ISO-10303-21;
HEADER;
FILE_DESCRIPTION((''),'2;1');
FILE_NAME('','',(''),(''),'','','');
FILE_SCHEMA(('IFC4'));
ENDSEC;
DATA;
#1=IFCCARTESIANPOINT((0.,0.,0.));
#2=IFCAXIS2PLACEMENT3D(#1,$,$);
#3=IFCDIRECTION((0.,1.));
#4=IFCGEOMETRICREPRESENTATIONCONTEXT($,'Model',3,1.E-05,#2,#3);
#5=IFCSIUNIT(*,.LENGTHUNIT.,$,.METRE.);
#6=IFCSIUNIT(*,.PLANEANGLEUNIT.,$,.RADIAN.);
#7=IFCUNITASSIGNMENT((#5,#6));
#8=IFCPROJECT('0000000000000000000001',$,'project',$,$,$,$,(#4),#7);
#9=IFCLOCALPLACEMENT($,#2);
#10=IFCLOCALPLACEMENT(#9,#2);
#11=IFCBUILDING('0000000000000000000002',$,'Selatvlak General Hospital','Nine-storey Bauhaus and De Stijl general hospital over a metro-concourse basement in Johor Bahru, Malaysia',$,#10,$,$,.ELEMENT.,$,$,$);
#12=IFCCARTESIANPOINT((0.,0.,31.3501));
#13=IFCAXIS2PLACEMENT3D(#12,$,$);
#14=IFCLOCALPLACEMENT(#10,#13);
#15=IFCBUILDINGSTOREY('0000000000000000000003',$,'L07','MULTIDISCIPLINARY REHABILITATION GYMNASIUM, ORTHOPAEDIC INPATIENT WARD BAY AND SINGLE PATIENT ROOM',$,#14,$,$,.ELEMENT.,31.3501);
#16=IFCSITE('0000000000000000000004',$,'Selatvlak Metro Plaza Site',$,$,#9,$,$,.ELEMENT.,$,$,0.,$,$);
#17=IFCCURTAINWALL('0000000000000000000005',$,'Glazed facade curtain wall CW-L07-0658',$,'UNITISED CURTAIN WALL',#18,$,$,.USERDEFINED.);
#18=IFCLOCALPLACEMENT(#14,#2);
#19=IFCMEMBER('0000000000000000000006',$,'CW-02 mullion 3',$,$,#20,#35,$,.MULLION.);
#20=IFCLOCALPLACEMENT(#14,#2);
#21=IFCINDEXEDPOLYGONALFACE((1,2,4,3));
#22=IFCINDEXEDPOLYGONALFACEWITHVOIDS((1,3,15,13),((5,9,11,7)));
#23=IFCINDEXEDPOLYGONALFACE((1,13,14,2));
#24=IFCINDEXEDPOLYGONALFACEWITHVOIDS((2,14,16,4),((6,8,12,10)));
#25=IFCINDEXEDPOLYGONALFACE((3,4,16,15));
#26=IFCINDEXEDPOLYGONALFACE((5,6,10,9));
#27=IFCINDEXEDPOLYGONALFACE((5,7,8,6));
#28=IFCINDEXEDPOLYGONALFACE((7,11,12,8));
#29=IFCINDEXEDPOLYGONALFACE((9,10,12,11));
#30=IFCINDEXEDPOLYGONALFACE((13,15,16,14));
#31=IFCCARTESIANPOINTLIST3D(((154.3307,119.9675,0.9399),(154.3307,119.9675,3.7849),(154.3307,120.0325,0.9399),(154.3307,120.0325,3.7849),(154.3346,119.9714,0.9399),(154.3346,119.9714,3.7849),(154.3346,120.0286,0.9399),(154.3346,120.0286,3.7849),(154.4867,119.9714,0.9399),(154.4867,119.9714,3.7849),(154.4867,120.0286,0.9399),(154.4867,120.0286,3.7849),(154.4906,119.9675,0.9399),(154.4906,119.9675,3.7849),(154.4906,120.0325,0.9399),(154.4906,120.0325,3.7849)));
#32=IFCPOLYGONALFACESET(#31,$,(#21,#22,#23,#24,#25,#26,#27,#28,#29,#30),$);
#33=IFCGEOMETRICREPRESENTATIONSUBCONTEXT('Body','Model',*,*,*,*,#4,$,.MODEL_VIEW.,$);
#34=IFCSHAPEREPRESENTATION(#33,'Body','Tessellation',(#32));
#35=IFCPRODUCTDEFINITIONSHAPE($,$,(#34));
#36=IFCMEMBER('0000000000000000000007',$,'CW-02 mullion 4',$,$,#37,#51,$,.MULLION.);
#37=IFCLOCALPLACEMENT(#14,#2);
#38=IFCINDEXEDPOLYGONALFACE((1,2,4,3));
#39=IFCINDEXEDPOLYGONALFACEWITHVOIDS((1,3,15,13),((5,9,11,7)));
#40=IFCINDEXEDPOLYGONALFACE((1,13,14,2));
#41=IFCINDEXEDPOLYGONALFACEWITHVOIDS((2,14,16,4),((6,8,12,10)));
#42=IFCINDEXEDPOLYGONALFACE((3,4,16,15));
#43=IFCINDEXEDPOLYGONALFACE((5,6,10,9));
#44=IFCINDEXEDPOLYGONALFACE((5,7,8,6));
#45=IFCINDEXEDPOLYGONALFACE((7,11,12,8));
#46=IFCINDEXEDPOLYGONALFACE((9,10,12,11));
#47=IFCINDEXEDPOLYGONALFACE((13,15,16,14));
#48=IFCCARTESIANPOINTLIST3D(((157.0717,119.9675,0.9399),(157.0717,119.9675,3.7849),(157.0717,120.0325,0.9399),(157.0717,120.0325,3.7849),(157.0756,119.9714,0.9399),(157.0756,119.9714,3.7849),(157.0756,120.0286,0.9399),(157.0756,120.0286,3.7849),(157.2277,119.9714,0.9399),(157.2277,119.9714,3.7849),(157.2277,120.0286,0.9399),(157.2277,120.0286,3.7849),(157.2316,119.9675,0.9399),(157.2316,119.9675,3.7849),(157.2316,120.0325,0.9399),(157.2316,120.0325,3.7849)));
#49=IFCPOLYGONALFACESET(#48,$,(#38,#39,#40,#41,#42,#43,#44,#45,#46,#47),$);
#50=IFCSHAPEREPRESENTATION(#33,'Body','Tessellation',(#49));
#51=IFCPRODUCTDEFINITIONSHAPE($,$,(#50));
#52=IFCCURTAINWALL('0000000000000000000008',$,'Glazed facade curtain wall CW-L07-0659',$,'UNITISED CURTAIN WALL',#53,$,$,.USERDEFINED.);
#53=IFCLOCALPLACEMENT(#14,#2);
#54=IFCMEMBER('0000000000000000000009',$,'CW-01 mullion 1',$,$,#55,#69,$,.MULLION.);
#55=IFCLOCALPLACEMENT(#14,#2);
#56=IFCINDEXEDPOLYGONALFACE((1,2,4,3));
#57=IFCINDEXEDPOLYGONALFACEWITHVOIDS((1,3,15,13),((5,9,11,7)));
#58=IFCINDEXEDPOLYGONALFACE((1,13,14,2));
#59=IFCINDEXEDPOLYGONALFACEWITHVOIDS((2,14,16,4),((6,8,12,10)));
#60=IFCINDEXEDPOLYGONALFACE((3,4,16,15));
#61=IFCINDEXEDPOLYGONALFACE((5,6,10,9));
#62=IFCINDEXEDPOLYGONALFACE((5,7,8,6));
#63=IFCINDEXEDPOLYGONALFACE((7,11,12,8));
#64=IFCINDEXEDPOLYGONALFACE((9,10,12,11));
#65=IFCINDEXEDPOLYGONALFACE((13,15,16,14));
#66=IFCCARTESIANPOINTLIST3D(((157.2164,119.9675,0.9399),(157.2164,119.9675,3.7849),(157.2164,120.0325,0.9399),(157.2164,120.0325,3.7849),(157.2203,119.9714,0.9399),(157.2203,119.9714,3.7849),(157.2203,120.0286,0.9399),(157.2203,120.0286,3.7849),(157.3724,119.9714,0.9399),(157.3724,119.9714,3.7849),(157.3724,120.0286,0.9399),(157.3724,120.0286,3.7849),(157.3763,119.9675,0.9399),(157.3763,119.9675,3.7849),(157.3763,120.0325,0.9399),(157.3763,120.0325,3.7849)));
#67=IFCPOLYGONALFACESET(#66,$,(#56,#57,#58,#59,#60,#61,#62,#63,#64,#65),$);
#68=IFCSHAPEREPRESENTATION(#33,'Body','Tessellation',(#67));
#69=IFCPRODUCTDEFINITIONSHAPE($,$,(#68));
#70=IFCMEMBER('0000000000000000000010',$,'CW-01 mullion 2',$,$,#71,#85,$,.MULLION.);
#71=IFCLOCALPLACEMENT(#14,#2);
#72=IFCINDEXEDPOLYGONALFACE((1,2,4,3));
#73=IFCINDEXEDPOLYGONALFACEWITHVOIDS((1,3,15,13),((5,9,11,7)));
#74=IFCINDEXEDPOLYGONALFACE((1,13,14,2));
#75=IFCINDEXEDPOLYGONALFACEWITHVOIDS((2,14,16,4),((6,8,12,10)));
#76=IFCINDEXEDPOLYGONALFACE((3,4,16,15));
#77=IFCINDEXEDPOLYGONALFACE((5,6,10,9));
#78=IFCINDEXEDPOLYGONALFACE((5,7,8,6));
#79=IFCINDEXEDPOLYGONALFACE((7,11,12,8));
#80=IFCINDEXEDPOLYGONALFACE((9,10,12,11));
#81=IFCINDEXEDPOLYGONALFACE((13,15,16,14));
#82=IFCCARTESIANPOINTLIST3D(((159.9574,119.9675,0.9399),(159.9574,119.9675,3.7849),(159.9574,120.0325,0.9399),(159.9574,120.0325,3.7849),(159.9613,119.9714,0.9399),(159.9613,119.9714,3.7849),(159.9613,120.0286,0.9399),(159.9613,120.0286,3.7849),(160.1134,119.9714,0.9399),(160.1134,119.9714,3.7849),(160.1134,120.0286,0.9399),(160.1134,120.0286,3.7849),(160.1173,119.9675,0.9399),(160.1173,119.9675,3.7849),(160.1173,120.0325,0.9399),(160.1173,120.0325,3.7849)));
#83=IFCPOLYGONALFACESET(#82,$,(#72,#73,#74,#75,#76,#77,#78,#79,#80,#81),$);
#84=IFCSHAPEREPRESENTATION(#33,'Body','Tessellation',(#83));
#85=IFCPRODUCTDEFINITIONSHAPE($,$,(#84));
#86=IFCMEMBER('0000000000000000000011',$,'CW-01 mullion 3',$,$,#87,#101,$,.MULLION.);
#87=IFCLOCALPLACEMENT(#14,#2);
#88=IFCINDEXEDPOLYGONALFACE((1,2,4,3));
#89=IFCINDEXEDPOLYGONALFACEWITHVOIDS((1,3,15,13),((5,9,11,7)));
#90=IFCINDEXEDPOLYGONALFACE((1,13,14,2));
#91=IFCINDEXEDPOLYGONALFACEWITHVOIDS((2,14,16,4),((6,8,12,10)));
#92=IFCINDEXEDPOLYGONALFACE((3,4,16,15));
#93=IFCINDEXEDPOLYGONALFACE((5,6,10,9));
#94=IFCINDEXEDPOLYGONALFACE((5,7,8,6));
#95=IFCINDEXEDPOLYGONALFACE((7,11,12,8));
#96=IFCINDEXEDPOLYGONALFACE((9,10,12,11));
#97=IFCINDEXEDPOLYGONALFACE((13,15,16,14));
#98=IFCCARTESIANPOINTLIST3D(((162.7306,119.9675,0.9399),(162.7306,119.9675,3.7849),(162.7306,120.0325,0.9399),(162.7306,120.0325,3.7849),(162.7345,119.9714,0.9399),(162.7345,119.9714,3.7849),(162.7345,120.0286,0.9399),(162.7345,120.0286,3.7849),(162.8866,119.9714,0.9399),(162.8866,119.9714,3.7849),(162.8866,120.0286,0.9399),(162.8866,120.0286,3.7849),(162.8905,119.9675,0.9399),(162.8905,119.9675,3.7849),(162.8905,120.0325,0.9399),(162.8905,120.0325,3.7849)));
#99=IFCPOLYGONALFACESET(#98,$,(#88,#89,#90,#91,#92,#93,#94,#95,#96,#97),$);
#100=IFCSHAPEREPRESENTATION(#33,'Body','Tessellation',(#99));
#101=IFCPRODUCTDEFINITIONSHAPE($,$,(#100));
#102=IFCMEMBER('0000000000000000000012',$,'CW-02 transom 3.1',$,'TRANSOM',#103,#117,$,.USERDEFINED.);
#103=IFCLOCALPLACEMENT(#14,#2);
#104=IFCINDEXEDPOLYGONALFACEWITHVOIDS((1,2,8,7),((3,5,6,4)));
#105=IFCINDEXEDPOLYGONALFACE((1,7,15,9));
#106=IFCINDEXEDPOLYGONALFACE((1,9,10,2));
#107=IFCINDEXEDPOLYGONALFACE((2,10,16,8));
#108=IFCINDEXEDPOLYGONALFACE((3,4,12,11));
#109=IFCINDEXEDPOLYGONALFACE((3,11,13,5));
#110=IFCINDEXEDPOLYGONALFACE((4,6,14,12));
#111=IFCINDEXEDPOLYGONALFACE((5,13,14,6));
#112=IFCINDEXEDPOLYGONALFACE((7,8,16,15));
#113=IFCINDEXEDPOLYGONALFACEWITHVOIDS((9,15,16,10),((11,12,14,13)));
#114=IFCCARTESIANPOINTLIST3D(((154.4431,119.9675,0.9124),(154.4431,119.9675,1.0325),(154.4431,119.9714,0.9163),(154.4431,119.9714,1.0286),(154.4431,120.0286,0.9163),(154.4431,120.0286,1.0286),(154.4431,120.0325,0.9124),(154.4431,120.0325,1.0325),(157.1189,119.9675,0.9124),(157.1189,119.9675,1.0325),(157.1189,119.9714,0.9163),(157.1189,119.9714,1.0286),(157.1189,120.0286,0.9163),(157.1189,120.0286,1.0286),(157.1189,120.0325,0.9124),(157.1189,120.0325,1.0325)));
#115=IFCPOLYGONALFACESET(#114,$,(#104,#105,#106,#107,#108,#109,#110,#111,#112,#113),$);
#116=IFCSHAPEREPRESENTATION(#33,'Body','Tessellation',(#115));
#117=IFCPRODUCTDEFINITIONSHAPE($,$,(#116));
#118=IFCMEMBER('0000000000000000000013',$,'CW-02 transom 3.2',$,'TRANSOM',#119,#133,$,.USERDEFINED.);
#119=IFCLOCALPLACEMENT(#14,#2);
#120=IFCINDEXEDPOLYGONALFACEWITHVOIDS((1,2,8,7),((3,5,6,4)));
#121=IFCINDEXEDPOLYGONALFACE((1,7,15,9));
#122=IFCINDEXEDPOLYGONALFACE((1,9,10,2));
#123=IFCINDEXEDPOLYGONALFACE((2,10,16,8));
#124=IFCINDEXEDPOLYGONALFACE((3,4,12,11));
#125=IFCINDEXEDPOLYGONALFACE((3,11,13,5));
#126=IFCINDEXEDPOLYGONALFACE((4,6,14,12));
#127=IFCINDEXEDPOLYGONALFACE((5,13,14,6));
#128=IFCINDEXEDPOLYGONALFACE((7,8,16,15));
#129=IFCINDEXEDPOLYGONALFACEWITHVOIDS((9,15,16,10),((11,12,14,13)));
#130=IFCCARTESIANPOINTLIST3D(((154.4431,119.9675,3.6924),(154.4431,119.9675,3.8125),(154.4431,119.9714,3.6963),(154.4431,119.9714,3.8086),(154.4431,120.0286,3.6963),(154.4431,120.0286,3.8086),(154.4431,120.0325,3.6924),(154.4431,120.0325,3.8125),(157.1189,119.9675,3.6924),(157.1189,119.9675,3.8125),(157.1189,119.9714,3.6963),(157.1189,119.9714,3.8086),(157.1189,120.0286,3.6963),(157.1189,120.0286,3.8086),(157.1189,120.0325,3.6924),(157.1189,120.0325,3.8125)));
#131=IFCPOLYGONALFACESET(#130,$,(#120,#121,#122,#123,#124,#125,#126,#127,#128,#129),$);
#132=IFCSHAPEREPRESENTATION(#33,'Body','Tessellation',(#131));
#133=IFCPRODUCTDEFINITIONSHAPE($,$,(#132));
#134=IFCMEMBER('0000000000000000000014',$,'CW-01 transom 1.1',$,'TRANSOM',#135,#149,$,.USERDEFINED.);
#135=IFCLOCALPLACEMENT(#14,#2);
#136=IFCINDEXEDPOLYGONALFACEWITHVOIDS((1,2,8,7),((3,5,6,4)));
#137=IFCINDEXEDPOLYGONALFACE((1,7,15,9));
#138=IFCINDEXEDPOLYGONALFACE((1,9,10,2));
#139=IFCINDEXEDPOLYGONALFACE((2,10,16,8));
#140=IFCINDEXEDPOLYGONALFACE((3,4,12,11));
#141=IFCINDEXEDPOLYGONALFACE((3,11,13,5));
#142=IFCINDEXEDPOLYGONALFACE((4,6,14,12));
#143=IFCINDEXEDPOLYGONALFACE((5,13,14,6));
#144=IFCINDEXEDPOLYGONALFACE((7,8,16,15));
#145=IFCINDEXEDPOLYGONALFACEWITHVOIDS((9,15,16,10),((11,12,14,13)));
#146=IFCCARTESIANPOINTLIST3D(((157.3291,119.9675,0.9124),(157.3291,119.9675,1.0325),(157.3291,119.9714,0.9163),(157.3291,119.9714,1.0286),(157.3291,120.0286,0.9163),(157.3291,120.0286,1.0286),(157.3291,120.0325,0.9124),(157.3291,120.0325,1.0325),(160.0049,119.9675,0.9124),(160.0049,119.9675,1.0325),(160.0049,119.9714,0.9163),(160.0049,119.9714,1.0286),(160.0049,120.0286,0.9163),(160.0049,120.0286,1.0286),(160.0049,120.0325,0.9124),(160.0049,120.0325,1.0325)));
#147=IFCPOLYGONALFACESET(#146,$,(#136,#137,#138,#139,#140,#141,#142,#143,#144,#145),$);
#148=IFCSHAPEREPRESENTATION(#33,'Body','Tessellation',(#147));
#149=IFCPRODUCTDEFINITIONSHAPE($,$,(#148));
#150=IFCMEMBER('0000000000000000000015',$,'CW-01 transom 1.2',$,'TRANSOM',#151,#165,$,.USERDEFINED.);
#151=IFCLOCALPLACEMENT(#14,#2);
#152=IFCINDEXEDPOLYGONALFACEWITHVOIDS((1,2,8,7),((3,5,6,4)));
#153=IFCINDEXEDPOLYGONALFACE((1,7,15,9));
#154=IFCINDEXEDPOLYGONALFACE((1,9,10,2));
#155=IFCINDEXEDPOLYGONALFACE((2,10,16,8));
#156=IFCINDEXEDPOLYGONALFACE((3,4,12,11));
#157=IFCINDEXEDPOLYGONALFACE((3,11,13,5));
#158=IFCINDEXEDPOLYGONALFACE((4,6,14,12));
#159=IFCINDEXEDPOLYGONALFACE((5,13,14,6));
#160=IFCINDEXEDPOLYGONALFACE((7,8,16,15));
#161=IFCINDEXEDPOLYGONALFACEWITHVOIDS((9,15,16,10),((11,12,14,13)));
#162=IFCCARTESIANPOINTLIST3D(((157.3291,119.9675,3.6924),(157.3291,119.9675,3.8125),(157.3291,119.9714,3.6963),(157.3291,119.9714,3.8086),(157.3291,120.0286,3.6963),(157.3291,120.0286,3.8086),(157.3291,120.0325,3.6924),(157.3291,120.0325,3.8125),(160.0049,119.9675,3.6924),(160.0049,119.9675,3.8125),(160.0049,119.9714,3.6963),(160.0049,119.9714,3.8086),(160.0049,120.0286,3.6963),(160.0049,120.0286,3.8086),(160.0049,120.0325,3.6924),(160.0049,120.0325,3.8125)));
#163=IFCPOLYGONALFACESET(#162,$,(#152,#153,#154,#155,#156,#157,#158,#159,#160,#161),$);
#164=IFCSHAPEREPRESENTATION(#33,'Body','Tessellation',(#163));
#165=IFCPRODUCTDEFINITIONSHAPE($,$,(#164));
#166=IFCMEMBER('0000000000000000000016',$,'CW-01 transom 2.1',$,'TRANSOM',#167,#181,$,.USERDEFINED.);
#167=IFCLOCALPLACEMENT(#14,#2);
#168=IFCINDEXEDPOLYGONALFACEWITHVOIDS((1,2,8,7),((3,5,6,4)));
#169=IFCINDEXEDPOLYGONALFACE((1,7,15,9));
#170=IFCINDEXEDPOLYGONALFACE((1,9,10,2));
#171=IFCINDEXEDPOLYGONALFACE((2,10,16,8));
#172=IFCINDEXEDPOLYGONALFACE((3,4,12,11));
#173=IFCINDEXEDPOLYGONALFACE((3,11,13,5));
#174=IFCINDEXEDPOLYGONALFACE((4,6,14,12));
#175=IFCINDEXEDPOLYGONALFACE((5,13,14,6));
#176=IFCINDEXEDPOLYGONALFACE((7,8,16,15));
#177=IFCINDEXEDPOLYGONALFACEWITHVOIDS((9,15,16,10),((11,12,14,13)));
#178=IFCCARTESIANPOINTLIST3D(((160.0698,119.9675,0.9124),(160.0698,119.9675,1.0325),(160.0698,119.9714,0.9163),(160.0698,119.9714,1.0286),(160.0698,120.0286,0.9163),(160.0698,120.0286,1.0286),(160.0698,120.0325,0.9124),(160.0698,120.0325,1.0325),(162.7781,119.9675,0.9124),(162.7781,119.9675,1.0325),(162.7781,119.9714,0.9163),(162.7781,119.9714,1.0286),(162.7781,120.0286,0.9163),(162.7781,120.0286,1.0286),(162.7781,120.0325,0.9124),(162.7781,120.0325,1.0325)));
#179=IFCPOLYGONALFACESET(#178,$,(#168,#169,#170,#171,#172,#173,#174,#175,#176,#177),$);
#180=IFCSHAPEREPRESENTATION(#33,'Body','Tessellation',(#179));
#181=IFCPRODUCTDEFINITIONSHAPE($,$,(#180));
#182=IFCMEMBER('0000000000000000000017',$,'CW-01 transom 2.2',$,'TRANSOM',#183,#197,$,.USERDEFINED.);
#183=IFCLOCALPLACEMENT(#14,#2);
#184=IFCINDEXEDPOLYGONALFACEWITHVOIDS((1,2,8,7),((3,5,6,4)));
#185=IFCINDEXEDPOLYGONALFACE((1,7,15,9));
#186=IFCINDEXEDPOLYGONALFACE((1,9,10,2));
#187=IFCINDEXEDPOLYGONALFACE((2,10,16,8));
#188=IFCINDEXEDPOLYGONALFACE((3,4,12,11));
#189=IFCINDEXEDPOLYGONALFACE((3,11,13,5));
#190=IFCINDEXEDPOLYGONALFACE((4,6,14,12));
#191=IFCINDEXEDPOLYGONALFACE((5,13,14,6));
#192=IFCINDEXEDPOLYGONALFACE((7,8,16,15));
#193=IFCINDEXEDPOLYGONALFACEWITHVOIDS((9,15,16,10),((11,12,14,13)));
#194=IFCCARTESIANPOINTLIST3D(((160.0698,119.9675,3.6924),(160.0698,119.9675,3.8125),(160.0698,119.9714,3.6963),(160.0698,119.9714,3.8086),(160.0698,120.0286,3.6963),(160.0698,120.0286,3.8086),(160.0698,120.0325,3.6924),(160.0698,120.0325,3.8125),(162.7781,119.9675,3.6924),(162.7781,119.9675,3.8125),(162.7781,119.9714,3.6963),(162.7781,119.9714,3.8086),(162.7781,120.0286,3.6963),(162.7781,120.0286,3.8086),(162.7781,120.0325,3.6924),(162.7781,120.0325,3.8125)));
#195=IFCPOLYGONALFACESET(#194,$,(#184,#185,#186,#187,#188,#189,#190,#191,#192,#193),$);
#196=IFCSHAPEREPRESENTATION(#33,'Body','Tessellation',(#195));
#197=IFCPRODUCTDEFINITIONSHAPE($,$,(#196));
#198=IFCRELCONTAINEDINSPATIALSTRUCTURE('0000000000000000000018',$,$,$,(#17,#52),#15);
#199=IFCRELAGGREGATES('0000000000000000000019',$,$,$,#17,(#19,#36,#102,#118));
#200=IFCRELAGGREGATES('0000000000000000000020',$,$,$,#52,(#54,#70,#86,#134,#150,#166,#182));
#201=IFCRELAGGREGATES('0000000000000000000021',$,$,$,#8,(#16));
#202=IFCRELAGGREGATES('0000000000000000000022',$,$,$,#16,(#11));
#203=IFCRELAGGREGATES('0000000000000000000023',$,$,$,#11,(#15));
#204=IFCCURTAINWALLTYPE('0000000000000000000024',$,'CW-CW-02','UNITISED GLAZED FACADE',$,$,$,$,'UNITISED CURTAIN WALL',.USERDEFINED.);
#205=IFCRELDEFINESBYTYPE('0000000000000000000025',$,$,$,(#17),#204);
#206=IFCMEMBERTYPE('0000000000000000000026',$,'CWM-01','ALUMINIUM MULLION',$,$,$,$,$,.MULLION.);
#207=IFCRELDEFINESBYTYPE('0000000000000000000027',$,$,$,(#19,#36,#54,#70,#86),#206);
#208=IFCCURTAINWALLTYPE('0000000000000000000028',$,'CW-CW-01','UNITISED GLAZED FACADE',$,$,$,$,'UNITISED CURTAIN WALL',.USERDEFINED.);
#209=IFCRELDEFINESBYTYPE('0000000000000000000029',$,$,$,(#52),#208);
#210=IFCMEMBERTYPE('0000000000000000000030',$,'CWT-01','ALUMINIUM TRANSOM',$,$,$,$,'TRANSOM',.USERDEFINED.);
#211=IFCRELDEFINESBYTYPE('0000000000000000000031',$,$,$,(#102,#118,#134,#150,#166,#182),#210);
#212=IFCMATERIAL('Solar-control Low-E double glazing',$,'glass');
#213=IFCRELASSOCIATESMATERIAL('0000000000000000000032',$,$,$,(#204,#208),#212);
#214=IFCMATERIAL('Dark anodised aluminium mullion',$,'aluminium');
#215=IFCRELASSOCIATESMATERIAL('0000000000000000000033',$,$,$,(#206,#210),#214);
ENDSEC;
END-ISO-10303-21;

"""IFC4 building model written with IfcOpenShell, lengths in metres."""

from ifc_helpers import new_model, si_unit, direction, frame, origin, origin_2d, place, context, subcontext, project, spatial, hollow_rectangle, extrude, material, material_profile, profile_set, type_object, element, aggregate, save


model = new_model("IFC4")

# Units and contexts
model_context = context("Model", 3, precision=1e-05, world=origin(), true_north=direction((0.0, 1.0)))
body_context = subcontext(model_context, "Body", "Model", "MODEL_VIEW")
ifc_project = project(units=[si_unit("LENGTHUNIT", "METRE"), si_unit("PLANEANGLEUNIT", "RADIAN")], contexts=[model_context])

# Site, building, storey
site_placement = place(None, origin())
site = spatial("IfcSite", under=ifc_project, at=site_placement, Name="Selatvlak Metro Plaza Site", CompositionType="ELEMENT", RefElevation=0.0)
building_placement = place(site_placement, origin())
building = spatial("IfcBuilding", under=site, at=building_placement, Name="Selatvlak General Hospital", Description="Nine-storey Bauhaus and De Stijl general hospital over a metro-concourse basement in Johor Bahru, Malaysia", CompositionType="ELEMENT")
storey_placement = place(building_placement, frame((0.0, 0.0, 31.3501)))
storey = spatial("IfcBuildingStorey", under=building, at=storey_placement, Name="L07", Description="MULTIDISCIPLINARY REHABILITATION GYMNASIUM, ORTHOPAEDIC INPATIENT WARD BAY AND SINGLE PATIENT ROOM", CompositionType="ELEMENT", Elevation=31.3501)

# Curtain walls, members
ifc_material_1 = material(Name="Solar-control Low-E double glazing", Category="glass")
curtain_wall_type_1 = type_object("IfcCurtainWallType", Name="CW-CW-02", Description="UNITISED GLAZED FACADE", ElementType="UNITISED CURTAIN WALL", PredefinedType="USERDEFINED", material=ifc_material_1)
curtain_wall_1_placement = place(storey_placement, origin())
curtain_wall_1 = element("IfcCurtainWall", 1, at=curtain_wall_1_placement, inside=storey, type_object=curtain_wall_type_1, Name="Glazed facade curtain wall CW-L07-0658", ObjectType="UNITISED CURTAIN WALL", PredefinedType="USERDEFINED")
ifc_material_2 = material(Name="Dark anodised aluminium mullion", Category="aluminium")
ifc_material_profile_1 = material_profile(ifc_material_2, hollow_rectangle(XDim=0.0649, YDim=0.1599, WallThickness=0.0039, at=origin_2d()), Name="AL-MUL 65x160x4")
ifc_profile_set_1 = profile_set([ifc_material_profile_1], Name="Dark anodised aluminium mullion")
member_type_1 = type_object("IfcMemberType", Name="CWM-01", Description="ALUMINIUM MULLION", PredefinedType="MULLION", material=ifc_profile_set_1)
member_1_placement = place(storey_placement, frame((154.4106, 120.0, 0.9399), z_axis=(0.0, 0.0, 1.0), x_axis=(0.0, 1.0, 0.0)))
member_1 = element("IfcMember", 2, at=member_1_placement, type_object=member_type_1, Name="CW-02 mullion 3", PredefinedType="MULLION", context=body_context, shape_type="SweptSolid", body=[
    extrude(hollow_rectangle(XDim=0.0649, YDim=0.1599, WallThickness=0.0039, at=origin_2d()), origin(), (0.0, 0.0, 1.0), 2.845),
])
member_2_placement = place(storey_placement, frame((157.1516, 120.0, 0.9399), z_axis=(0.0, 0.0, 1.0), x_axis=(0.0, 1.0, 0.0)))
member_2 = element("IfcMember", 3, at=member_2_placement, type_object=member_type_1, Name="CW-02 mullion 4", PredefinedType="MULLION", context=body_context, shape_type="SweptSolid", body=[
    extrude(hollow_rectangle(XDim=0.0649, YDim=0.1599, WallThickness=0.0039, at=origin_2d()), origin(), (0.0, 0.0, 1.0), 2.845),
])
curtain_wall_type_2 = type_object("IfcCurtainWallType", Name="CW-CW-01", Description="UNITISED GLAZED FACADE", ElementType="UNITISED CURTAIN WALL", PredefinedType="USERDEFINED", material=ifc_material_1)
curtain_wall_2_placement = place(storey_placement, origin())
curtain_wall_2 = element("IfcCurtainWall", 4, at=curtain_wall_2_placement, inside=storey, type_object=curtain_wall_type_2, Name="Glazed facade curtain wall CW-L07-0659", ObjectType="UNITISED CURTAIN WALL", PredefinedType="USERDEFINED")
member_3_placement = place(storey_placement, frame((157.2964, 120.0, 0.9399), z_axis=(0.0, 0.0, 1.0), x_axis=(0.0, 1.0, 0.0)))
member_3 = element("IfcMember", 5, at=member_3_placement, type_object=member_type_1, Name="CW-01 mullion 1", PredefinedType="MULLION", context=body_context, shape_type="SweptSolid", body=[
    extrude(hollow_rectangle(XDim=0.0649, YDim=0.1599, WallThickness=0.0039, at=origin_2d()), origin(), (0.0, 0.0, 1.0), 2.845),
])
member_4_placement = place(storey_placement, frame((160.0374, 120.0, 0.9399), z_axis=(0.0, 0.0, 1.0), x_axis=(0.0, 1.0, 0.0)))
member_4 = element("IfcMember", 6, at=member_4_placement, type_object=member_type_1, Name="CW-01 mullion 2", PredefinedType="MULLION", context=body_context, shape_type="SweptSolid", body=[
    extrude(hollow_rectangle(XDim=0.0649, YDim=0.1599, WallThickness=0.0039, at=origin_2d()), origin(), (0.0, 0.0, 1.0), 2.845),
])
member_5_placement = place(storey_placement, frame((162.8105, 120.0, 0.9399), z_axis=(0.0, 0.0, 1.0), x_axis=(0.0, 1.0, 0.0)))
member_5 = element("IfcMember", 7, at=member_5_placement, type_object=member_type_1, Name="CW-01 mullion 3", PredefinedType="MULLION", context=body_context, shape_type="SweptSolid", body=[
    extrude(hollow_rectangle(XDim=0.0649, YDim=0.1599, WallThickness=0.0039, at=origin_2d()), origin(), (0.0, 0.0, 1.0), 2.845),
])

# Members
ifc_material_profile_2 = material_profile(ifc_material_2, hollow_rectangle(XDim=0.0649, YDim=0.1201, WallThickness=0.0039, at=origin_2d()), Name="AL-TRN 65x120x4")
ifc_profile_set_2 = profile_set([ifc_material_profile_2], Name="Dark anodised aluminium mullion")
member_type_2 = type_object("IfcMemberType", Name="CWT-01", Description="ALUMINIUM TRANSOM", ElementType="TRANSOM", PredefinedType="USERDEFINED", material=ifc_profile_set_2)
member_6_placement = place(storey_placement, frame((154.4431, 120.0, 0.9724), z_axis=(1.0, 0.0, 0.0), x_axis=(0.0, 1.0, 0.0)))
member_6 = element("IfcMember", 8, at=member_6_placement, type_object=member_type_2, Name="CW-02 transom 3.1", ObjectType="TRANSOM", PredefinedType="USERDEFINED", context=body_context, shape_type="SweptSolid", body=[
    extrude(hollow_rectangle(XDim=0.0649, YDim=0.1201, WallThickness=0.0039, at=origin_2d()), origin(), (0.0, 0.0, 1.0), 2.6758),
])
member_7_placement = place(storey_placement, frame((154.4431, 120.0, 3.7524), z_axis=(1.0, 0.0, 0.0), x_axis=(0.0, 1.0, 0.0)))
member_7 = element("IfcMember", 9, at=member_7_placement, type_object=member_type_2, Name="CW-02 transom 3.2", ObjectType="TRANSOM", PredefinedType="USERDEFINED", context=body_context, shape_type="SweptSolid", body=[
    extrude(hollow_rectangle(XDim=0.0649, YDim=0.1201, WallThickness=0.0039, at=origin_2d()), origin(), (0.0, 0.0, 1.0), 2.6758),
])
member_8_placement = place(storey_placement, frame((157.3291, 120.0, 0.9724), z_axis=(1.0, 0.0, 0.0), x_axis=(0.0, 1.0, 0.0)))
member_8 = element("IfcMember", 10, at=member_8_placement, type_object=member_type_2, Name="CW-01 transom 1.1", ObjectType="TRANSOM", PredefinedType="USERDEFINED", context=body_context, shape_type="SweptSolid", body=[
    extrude(hollow_rectangle(XDim=0.0649, YDim=0.1201, WallThickness=0.0039, at=origin_2d()), origin(), (0.0, 0.0, 1.0), 2.6758),
])
member_9_placement = place(storey_placement, frame((157.3291, 120.0, 3.7524), z_axis=(1.0, 0.0, 0.0), x_axis=(0.0, 1.0, 0.0)))
member_9 = element("IfcMember", 11, at=member_9_placement, type_object=member_type_2, Name="CW-01 transom 1.2", ObjectType="TRANSOM", PredefinedType="USERDEFINED", context=body_context, shape_type="SweptSolid", body=[
    extrude(hollow_rectangle(XDim=0.0649, YDim=0.1201, WallThickness=0.0039, at=origin_2d()), origin(), (0.0, 0.0, 1.0), 2.6758),
])
member_10_placement = place(storey_placement, frame((160.0698, 120.0, 0.9724), z_axis=(1.0, 0.0, 0.0), x_axis=(0.0, 1.0, 0.0)))
member_10 = element("IfcMember", 12, at=member_10_placement, type_object=member_type_2, Name="CW-01 transom 2.1", ObjectType="TRANSOM", PredefinedType="USERDEFINED", context=body_context, shape_type="SweptSolid", body=[
    extrude(hollow_rectangle(XDim=0.0649, YDim=0.1201, WallThickness=0.0039, at=origin_2d()), origin(), (0.0, 0.0, 1.0), 2.7083),
])
member_11_placement = place(storey_placement, frame((160.0698, 120.0, 3.7524), z_axis=(1.0, 0.0, 0.0), x_axis=(0.0, 1.0, 0.0)))
member_11 = element("IfcMember", 13, at=member_11_placement, type_object=member_type_2, Name="CW-01 transom 2.2", ObjectType="TRANSOM", PredefinedType="USERDEFINED", context=body_context, shape_type="SweptSolid", body=[
    extrude(hollow_rectangle(XDim=0.0649, YDim=0.1201, WallThickness=0.0039, at=origin_2d()), origin(), (0.0, 0.0, 1.0), 2.7083),
])

aggregate(curtain_wall_1, [member_1, member_2, member_6, member_7])
aggregate(curtain_wall_2, [member_3, member_4, member_5, member_8, member_9, member_10, member_11])

save(model, "model.ifc")
